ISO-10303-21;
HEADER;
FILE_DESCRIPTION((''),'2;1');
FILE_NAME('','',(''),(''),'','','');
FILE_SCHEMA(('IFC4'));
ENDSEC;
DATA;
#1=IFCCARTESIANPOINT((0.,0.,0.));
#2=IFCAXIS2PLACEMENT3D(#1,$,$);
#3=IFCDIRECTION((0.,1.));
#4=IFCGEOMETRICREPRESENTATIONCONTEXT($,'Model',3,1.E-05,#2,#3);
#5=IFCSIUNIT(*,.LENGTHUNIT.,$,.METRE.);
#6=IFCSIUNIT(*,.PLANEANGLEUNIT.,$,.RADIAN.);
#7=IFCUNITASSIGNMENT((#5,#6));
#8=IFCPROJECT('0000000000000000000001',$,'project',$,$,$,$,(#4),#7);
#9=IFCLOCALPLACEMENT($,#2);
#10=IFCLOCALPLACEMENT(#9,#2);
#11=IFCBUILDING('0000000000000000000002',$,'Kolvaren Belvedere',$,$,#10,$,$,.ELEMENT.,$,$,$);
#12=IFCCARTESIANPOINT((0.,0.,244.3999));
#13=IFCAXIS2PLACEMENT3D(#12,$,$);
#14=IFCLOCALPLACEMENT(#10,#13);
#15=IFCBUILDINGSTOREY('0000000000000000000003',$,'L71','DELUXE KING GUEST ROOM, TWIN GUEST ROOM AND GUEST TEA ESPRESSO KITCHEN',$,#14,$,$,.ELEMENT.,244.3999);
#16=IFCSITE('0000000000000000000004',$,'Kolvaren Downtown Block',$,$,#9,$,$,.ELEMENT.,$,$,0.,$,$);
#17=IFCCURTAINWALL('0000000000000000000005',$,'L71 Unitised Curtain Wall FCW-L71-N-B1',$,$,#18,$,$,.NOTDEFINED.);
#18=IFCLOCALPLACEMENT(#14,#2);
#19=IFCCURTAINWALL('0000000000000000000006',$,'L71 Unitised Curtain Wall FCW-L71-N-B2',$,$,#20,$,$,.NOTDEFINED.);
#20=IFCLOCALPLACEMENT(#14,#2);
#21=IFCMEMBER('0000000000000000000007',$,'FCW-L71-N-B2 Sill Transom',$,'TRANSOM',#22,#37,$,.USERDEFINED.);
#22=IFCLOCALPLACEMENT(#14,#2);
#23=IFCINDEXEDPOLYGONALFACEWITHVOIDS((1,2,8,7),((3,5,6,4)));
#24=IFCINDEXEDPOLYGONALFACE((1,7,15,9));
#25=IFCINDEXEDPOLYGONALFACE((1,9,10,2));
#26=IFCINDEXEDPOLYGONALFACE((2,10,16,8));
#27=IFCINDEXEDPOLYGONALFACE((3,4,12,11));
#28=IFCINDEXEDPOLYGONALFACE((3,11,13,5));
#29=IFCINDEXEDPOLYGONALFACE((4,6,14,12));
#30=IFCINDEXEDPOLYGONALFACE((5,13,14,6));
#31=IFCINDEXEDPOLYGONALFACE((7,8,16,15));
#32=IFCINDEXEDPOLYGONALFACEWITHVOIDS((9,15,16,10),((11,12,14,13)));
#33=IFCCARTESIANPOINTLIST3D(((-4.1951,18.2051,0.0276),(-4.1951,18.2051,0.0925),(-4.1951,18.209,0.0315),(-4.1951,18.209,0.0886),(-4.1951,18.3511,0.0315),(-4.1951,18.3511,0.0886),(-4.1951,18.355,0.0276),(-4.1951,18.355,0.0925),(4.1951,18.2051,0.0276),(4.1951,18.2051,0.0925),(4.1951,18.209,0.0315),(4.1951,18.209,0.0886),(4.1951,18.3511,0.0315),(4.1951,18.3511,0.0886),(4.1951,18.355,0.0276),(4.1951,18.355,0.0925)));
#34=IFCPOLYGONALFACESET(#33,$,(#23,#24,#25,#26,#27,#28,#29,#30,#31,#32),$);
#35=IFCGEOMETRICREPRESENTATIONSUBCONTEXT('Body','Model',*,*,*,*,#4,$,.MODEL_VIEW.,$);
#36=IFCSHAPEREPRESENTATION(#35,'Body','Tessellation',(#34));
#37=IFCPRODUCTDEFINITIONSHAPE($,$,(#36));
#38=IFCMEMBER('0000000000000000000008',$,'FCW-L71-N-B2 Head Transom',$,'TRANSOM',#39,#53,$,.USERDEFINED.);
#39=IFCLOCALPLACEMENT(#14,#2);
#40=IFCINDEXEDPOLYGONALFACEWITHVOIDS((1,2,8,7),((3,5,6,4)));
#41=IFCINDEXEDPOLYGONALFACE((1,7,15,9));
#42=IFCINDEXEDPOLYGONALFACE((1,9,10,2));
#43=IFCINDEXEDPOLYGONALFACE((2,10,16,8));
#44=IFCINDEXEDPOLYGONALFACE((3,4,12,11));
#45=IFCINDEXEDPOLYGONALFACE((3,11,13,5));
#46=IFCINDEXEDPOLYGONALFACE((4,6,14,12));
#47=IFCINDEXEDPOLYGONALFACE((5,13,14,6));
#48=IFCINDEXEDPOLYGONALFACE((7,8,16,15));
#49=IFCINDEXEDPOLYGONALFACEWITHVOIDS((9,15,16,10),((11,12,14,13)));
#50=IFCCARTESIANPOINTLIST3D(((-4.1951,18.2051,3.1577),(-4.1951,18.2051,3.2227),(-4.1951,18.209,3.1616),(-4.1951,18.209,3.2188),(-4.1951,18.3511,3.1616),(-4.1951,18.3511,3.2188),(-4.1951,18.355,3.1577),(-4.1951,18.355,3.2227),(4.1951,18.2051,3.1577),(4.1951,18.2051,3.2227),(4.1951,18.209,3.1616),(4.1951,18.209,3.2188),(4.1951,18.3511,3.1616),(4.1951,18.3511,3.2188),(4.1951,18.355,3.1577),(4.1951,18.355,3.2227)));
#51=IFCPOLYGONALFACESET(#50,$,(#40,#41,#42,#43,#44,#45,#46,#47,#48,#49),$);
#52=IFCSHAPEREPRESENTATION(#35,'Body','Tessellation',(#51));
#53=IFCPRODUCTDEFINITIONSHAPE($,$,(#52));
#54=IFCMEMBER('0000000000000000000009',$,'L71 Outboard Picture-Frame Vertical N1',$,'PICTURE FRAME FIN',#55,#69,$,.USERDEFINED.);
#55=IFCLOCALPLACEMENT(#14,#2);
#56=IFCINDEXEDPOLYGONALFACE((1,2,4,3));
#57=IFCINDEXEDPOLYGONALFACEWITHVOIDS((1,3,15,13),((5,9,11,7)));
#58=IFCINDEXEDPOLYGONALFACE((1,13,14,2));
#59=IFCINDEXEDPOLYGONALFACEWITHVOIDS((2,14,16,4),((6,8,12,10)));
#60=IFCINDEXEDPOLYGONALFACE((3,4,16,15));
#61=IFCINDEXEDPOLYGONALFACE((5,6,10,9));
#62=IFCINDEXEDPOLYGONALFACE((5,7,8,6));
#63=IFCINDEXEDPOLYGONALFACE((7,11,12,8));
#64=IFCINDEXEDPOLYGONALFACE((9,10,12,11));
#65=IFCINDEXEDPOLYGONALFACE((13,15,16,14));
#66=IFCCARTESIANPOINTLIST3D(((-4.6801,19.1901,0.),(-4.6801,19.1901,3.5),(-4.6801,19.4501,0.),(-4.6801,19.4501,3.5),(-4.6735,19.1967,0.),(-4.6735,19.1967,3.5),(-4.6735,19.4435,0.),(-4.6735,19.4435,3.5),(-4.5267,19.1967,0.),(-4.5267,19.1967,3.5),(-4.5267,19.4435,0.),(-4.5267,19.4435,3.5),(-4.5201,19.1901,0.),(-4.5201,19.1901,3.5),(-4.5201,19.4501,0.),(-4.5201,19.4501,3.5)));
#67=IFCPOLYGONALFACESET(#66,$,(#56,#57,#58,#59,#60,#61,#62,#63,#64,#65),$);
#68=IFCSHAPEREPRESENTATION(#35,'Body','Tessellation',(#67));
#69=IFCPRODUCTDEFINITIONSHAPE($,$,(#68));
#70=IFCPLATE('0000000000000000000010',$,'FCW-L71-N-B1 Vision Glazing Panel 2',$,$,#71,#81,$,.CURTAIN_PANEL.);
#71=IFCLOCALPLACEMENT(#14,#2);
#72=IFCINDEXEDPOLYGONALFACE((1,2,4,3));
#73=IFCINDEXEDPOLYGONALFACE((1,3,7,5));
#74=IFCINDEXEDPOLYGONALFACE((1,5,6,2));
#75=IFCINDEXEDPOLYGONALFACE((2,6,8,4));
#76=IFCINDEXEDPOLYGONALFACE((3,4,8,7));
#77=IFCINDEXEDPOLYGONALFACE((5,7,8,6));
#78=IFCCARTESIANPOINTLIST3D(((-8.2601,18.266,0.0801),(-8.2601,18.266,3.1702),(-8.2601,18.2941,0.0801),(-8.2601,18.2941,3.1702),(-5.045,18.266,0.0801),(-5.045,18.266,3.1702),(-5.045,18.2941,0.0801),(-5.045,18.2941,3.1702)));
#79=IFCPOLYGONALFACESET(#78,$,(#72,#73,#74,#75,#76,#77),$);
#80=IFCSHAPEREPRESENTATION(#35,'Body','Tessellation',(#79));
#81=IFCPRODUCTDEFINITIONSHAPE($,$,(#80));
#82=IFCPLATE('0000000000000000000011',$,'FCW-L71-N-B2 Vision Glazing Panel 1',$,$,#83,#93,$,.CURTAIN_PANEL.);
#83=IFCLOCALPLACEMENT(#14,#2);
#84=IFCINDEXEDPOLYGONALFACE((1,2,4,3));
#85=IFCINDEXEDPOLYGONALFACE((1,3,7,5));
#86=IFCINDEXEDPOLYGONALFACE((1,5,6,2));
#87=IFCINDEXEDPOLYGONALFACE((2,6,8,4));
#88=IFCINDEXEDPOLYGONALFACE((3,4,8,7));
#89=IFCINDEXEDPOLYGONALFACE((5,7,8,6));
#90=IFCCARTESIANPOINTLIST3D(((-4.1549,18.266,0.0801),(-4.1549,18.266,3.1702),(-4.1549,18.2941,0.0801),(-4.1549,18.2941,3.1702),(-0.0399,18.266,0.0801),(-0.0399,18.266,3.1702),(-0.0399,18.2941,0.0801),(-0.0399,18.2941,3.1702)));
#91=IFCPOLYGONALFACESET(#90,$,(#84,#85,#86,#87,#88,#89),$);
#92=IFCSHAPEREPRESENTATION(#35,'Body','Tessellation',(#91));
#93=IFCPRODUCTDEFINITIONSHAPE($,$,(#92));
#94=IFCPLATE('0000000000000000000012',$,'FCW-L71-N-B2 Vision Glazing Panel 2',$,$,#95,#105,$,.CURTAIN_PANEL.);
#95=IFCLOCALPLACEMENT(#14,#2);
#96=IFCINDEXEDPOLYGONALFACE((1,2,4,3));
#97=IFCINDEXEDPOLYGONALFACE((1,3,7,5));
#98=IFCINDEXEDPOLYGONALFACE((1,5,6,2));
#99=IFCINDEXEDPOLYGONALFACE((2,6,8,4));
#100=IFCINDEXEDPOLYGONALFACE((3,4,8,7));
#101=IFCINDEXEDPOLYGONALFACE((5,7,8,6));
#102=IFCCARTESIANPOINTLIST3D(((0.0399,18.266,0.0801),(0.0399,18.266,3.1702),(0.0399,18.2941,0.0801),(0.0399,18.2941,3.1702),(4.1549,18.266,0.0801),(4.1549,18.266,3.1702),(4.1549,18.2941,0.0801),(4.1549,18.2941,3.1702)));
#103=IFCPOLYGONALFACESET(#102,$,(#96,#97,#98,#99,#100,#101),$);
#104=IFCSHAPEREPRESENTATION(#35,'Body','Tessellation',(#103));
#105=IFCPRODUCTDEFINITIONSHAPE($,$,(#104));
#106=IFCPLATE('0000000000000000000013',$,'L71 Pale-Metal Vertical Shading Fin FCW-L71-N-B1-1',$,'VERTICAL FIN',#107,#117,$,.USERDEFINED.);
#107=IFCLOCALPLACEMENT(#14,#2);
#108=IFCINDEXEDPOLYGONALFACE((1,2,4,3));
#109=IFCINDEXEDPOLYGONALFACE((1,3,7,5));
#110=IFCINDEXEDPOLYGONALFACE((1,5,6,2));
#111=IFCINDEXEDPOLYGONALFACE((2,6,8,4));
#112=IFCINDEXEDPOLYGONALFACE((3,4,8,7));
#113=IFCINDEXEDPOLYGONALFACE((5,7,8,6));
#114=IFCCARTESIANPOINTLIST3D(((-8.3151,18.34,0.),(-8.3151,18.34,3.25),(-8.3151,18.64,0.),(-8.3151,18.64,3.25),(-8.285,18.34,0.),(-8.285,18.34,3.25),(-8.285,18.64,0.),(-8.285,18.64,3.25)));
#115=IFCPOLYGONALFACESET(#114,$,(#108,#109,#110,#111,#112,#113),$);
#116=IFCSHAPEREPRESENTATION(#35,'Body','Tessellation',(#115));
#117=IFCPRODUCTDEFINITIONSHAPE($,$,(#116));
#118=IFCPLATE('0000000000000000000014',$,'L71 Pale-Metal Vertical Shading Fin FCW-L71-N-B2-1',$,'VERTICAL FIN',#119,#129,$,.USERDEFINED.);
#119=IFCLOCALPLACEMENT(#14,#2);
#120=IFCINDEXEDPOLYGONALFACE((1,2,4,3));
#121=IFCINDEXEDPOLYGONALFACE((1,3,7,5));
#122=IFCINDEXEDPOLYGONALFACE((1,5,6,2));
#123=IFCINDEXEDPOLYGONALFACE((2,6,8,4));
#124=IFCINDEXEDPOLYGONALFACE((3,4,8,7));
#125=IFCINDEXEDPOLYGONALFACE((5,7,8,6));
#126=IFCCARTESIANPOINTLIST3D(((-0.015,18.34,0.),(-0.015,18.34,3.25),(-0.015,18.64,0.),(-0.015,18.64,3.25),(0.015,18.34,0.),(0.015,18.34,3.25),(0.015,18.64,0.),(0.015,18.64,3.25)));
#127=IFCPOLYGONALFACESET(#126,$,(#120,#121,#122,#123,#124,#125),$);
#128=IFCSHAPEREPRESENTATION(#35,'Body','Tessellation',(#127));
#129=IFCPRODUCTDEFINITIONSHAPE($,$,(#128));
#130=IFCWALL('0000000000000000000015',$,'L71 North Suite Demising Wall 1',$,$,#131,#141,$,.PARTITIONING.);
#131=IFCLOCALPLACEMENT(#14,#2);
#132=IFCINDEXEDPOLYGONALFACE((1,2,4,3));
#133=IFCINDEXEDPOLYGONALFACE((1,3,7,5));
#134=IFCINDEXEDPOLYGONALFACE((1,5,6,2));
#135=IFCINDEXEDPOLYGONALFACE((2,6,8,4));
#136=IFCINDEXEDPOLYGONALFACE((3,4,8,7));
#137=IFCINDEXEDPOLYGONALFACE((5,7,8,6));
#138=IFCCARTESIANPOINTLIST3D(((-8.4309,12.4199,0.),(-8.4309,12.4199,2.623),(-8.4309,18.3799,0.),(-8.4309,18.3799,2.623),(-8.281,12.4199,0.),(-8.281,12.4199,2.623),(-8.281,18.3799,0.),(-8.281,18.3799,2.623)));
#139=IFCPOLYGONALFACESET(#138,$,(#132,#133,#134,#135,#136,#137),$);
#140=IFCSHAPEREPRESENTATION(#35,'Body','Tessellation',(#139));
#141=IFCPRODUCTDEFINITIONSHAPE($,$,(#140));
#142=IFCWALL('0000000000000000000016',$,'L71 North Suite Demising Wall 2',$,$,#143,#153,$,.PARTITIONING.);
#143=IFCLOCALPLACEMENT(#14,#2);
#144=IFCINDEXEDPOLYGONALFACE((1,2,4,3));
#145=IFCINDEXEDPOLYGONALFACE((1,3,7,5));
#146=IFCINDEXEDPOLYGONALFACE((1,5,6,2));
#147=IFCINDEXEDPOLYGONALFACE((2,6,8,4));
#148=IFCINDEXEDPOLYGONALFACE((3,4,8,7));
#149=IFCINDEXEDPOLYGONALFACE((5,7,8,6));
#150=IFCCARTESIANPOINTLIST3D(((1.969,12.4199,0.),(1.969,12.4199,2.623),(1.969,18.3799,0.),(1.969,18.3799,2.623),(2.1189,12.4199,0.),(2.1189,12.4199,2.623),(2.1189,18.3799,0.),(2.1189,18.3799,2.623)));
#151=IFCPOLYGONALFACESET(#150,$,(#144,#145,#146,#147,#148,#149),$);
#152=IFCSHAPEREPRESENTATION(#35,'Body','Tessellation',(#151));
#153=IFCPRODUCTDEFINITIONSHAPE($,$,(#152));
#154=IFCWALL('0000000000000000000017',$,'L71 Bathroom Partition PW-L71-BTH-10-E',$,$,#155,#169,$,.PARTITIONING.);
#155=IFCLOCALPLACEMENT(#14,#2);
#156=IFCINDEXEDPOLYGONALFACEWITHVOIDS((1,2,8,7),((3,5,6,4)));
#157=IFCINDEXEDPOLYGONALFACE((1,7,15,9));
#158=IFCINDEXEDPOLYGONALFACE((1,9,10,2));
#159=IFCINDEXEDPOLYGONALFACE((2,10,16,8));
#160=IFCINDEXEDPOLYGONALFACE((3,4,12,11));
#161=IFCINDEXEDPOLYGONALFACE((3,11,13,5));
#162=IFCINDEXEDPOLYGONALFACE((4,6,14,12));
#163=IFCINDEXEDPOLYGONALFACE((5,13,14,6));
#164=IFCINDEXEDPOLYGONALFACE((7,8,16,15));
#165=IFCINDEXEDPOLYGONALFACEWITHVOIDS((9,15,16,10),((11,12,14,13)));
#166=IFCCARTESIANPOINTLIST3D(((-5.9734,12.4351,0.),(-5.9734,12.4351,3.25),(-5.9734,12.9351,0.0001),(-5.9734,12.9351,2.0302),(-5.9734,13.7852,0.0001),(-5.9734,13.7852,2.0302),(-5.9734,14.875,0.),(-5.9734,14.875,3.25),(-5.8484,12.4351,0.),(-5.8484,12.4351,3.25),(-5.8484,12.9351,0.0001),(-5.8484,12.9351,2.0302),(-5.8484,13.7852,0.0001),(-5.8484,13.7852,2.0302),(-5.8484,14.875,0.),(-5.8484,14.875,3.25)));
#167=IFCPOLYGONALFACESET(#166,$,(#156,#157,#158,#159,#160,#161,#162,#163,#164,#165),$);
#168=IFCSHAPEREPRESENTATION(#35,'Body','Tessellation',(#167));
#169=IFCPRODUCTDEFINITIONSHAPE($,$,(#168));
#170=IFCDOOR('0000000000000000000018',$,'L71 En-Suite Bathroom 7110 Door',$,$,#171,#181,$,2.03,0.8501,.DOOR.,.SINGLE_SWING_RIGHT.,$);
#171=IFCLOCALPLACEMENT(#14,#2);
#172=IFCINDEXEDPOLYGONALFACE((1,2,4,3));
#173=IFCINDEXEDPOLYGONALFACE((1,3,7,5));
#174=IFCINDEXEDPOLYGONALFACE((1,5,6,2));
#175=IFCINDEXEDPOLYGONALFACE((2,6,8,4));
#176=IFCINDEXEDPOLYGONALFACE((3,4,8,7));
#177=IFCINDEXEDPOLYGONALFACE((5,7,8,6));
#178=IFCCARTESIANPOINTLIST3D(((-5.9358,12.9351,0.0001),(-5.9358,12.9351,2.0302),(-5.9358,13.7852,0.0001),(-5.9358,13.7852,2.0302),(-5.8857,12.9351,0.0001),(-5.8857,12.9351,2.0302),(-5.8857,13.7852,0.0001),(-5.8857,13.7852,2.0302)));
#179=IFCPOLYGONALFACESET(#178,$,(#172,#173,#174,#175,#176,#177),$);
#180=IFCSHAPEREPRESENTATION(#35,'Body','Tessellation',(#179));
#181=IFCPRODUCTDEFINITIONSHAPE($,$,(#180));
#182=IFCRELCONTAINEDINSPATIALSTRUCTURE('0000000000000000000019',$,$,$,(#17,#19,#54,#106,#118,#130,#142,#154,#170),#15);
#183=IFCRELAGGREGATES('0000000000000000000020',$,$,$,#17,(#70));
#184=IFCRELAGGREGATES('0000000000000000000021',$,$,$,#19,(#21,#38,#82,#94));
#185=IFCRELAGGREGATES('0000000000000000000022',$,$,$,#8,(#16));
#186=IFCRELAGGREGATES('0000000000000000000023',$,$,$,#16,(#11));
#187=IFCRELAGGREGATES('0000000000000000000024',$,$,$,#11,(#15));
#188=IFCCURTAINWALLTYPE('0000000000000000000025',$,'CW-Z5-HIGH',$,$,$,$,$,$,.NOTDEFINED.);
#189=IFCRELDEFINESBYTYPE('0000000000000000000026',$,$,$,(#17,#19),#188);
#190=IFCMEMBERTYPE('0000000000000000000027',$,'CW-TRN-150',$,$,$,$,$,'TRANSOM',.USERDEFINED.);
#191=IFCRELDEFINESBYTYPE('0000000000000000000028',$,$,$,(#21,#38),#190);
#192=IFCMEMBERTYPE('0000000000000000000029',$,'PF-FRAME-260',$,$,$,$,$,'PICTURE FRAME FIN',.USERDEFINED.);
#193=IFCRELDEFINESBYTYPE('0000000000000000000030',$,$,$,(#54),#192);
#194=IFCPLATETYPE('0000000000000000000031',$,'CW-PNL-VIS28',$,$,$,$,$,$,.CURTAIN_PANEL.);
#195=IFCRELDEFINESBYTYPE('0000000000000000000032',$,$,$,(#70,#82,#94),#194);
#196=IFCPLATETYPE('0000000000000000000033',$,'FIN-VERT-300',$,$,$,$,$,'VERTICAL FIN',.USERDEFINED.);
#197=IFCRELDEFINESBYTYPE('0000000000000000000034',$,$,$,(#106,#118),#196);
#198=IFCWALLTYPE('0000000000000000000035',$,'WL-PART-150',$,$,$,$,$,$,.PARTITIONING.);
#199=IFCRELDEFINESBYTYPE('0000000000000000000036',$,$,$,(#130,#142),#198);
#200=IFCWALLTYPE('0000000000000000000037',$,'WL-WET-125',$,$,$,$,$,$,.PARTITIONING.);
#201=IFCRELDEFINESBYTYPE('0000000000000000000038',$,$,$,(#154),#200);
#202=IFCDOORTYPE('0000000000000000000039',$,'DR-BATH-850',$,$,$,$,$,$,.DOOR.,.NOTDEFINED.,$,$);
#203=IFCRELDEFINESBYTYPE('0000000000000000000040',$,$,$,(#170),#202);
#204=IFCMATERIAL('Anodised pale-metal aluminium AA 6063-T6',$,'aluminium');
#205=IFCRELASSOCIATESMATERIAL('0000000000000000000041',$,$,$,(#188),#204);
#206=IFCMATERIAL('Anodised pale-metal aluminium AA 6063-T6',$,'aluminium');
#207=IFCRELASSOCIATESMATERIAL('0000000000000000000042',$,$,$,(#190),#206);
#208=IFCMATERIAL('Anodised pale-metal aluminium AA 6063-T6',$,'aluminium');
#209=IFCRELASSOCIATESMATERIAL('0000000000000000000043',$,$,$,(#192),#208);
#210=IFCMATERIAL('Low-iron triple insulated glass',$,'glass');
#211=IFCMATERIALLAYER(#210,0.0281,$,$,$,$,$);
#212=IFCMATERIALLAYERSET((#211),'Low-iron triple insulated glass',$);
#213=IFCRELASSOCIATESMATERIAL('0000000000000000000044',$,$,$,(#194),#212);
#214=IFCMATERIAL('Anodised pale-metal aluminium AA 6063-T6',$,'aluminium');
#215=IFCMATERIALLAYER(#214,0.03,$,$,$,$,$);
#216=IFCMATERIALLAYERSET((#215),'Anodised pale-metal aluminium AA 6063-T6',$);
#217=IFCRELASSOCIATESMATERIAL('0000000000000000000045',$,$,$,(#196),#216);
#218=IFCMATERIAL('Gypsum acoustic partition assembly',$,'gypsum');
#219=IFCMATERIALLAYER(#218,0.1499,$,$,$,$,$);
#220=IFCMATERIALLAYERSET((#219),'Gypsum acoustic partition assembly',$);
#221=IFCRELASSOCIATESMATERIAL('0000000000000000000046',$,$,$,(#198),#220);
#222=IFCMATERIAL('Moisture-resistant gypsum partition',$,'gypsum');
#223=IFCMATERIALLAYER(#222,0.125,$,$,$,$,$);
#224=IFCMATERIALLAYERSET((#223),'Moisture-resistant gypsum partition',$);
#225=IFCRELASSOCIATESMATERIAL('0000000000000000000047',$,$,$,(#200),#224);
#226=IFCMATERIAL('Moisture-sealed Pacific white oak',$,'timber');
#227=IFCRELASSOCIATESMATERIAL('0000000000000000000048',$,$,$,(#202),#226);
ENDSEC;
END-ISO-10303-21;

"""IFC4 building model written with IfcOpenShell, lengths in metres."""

from ifc_helpers import new_model, si_unit, direction, frame, frame_2d, origin, origin_2d, place, context, subcontext, project, spatial, rectangle, hollow_rectangle, extrude, material, layer, layer_set, material_profile, profile_set, type_object, element, fill, aggregate, save


model = new_model("IFC4")

# Units and contexts
model_context = context("Model", 3, precision=1e-05, world=origin(), true_north=direction((0.0, 1.0)))
body_context = subcontext(model_context, "Body", "Model", "MODEL_VIEW")
ifc_project = project(units=[si_unit("LENGTHUNIT", "METRE"), si_unit("PLANEANGLEUNIT", "RADIAN")], contexts=[model_context])

# Site, building, storey
site_placement = place(None, origin())
site = spatial("IfcSite", under=ifc_project, at=site_placement, Name="Kolvaren Downtown Block", CompositionType="ELEMENT", RefElevation=0.0)
building_placement = place(site_placement, origin())
building = spatial("IfcBuilding", under=site, at=building_placement, Name="Kolvaren Belvedere", CompositionType="ELEMENT")
storey_placement = place(building_placement, frame((0.0, 0.0, 244.3999)))
storey = spatial("IfcBuildingStorey", under=building, at=storey_placement, Name="L71", Description="DELUXE KING GUEST ROOM, TWIN GUEST ROOM AND GUEST TEA ESPRESSO KITCHEN", CompositionType="ELEMENT", Elevation=244.3999)

# Curtain walls, members
ifc_material_1 = material(Name="Anodised pale-metal aluminium AA 6063-T6", Category="aluminium")
curtain_wall_type = type_object("IfcCurtainWallType", Name="CW-Z5-HIGH", PredefinedType="NOTDEFINED", material=ifc_material_1)
curtain_wall_1_placement = place(storey_placement, origin())
curtain_wall_1 = element("IfcCurtainWall", 1, at=curtain_wall_1_placement, inside=storey, type_object=curtain_wall_type, Name="L71 Unitised Curtain Wall FCW-L71-N-B1", PredefinedType="NOTDEFINED")
curtain_wall_2_placement = place(storey_placement, origin())
curtain_wall_2 = element("IfcCurtainWall", 2, at=curtain_wall_2_placement, inside=storey, type_object=curtain_wall_type, Name="L71 Unitised Curtain Wall FCW-L71-N-B2", PredefinedType="NOTDEFINED")
ifc_material_2 = material(Name="Anodised pale-metal aluminium AA 6063-T6", Category="aluminium")
ifc_material_profile_1 = material_profile(ifc_material_2, hollow_rectangle(XDim=0.0649, YDim=0.1499, WallThickness=0.0039, at=origin_2d()), Name="ALU-TRN-150X65")
ifc_profile_set_1 = profile_set([ifc_material_profile_1], Name="Anodised pale-metal aluminium AA 6063-T6")
member_type_1 = type_object("IfcMemberType", Name="CW-TRN-150", ElementType="TRANSOM", PredefinedType="USERDEFINED", material=ifc_profile_set_1)
member_1_placement = place(storey_placement, frame((-4.1951, 18.28, 0.0601), z_axis=(1.0, 0.0, 0.0), x_axis=(0.0, 0.0, 1.0)))
member_1 = element("IfcMember", 3, at=member_1_placement, type_object=member_type_1, Name="FCW-L71-N-B2 Sill Transom", ObjectType="TRANSOM", PredefinedType="USERDEFINED", context=body_context, shape_type="SweptSolid", body=[
    extrude(hollow_rectangle(XDim=0.0649, YDim=0.1499, WallThickness=0.0039, at=origin_2d()), origin(), (0.0, 0.0, 1.0), 8.3901),
])
member_2_placement = place(storey_placement, frame((-4.1951, 18.28, 3.1902), z_axis=(1.0, 0.0, 0.0), x_axis=(0.0, 0.0, 1.0)))
member_2 = element("IfcMember", 4, at=member_2_placement, type_object=member_type_1, Name="FCW-L71-N-B2 Head Transom", ObjectType="TRANSOM", PredefinedType="USERDEFINED", context=body_context, shape_type="SweptSolid", body=[
    extrude(hollow_rectangle(XDim=0.0649, YDim=0.1499, WallThickness=0.0039, at=origin_2d()), origin(), (0.0, 0.0, 1.0), 8.3901),
])

# Member
ifc_material_3 = material(Name="Anodised pale-metal aluminium AA 6063-T6", Category="aluminium")
ifc_material_profile_2 = material_profile(ifc_material_3, hollow_rectangle(XDim=0.1599, YDim=0.26, WallThickness=0.0066, at=origin_2d()), Name="ALU-PF-260X160")
ifc_profile_set_2 = profile_set([ifc_material_profile_2], Name="Anodised pale-metal aluminium AA 6063-T6")
member_type_2 = type_object("IfcMemberType", Name="PF-FRAME-260", ElementType="PICTURE FRAME FIN", PredefinedType="USERDEFINED", material=ifc_profile_set_2)
member_3_placement = place(storey_placement, frame((-4.6001, 19.3201, 0.0), z_axis=(0.0, 0.0, 1.0), x_axis=(1.0, 0.0, 0.0)))
element("IfcMember", 5, at=member_3_placement, inside=storey, type_object=member_type_2, Name="L71 Outboard Picture-Frame Vertical N1", ObjectType="PICTURE FRAME FIN", PredefinedType="USERDEFINED", context=body_context, shape_type="SweptSolid", body=[
    extrude(hollow_rectangle(XDim=0.1599, YDim=0.26, WallThickness=0.0066, at=origin_2d()), origin(), (0.0, 0.0, 1.0), 3.5),
])

# Plates
ifc_material_4 = material(Name="Low-iron triple insulated glass", Category="glass")
ifc_layer_1 = layer(ifc_material_4, 0.0281)
ifc_layer_set_1 = layer_set([ifc_layer_1], Name="Low-iron triple insulated glass")
plate_type_1 = type_object("IfcPlateType", Name="CW-PNL-VIS28", PredefinedType="CURTAIN_PANEL", material=ifc_layer_set_1)
plate_1_placement = place(storey_placement, frame((-6.6526, 18.28, 0.0801), z_axis=(0.0, 0.0, 1.0), x_axis=(1.0, 0.0, 0.0)))
plate_1 = element("IfcPlate", 6, at=plate_1_placement, type_object=plate_type_1, Name="FCW-L71-N-B1 Vision Glazing Panel 2", PredefinedType="CURTAIN_PANEL", context=body_context, shape_type="SweptSolid", body=[
    extrude(rectangle(XDim=3.2151, YDim=0.0281, at=origin_2d()), origin(), (0.0, 0.0, 1.0), 3.0901),
])
aggregate(curtain_wall_1, [plate_1])
plate_2_placement = place(storey_placement, frame((-2.0974, 18.28, 0.0801), z_axis=(0.0, 0.0, 1.0), x_axis=(1.0, 0.0, 0.0)))
plate_2 = element("IfcPlate", 7, at=plate_2_placement, type_object=plate_type_1, Name="FCW-L71-N-B2 Vision Glazing Panel 1", PredefinedType="CURTAIN_PANEL", context=body_context, shape_type="SweptSolid", body=[
    extrude(rectangle(XDim=4.115, YDim=0.0281, at=origin_2d()), origin(), (0.0, 0.0, 1.0), 3.0901),
])
plate_3_placement = place(storey_placement, frame((2.0974, 18.28, 0.0801), z_axis=(0.0, 0.0, 1.0), x_axis=(1.0, 0.0, 0.0)))
plate_3 = element("IfcPlate", 8, at=plate_3_placement, type_object=plate_type_1, Name="FCW-L71-N-B2 Vision Glazing Panel 2", PredefinedType="CURTAIN_PANEL", context=body_context, shape_type="SweptSolid", body=[
    extrude(rectangle(XDim=4.115, YDim=0.0281, at=origin_2d()), origin(), (0.0, 0.0, 1.0), 3.0901),
])
aggregate(curtain_wall_2, [member_1, member_2, plate_2, plate_3])

# Plates
ifc_material_5 = material(Name="Anodised pale-metal aluminium AA 6063-T6", Category="aluminium")
ifc_layer_2 = layer(ifc_material_5, 0.03)
ifc_layer_set_2 = layer_set([ifc_layer_2], Name="Anodised pale-metal aluminium AA 6063-T6")
plate_type_2 = type_object("IfcPlateType", Name="FIN-VERT-300", ElementType="VERTICAL FIN", PredefinedType="USERDEFINED", material=ifc_layer_set_2)
for number, where, z_axis, x_axis, name in (
    (9, (-8.3, 18.49, 0.0), (0.0, 0.0, 1.0), (0.0, 1.0, 0.0), "L71 Pale-Metal Vertical Shading Fin FCW-L71-N-B1-1"),
    (10, (0.0, 18.49, 0.0), (0.0, 0.0, 1.0), (0.0, 1.0, 0.0), "L71 Pale-Metal Vertical Shading Fin FCW-L71-N-B2-1"),
):
    element("IfcPlate", number, at=place(storey_placement, frame(where, z_axis=z_axis, x_axis=x_axis)), inside=storey, type_object=plate_type_2, Name=name, ObjectType="VERTICAL FIN", PredefinedType="USERDEFINED", context=body_context, shape_type="SweptSolid", body=[
        extrude(rectangle(XDim=0.3, YDim=0.03, at=origin_2d()), origin(), (0.0, 0.0, 1.0), 3.25),
    ])

# Walls
ifc_material_6 = material(Name="Gypsum acoustic partition assembly", Category="gypsum")
ifc_layer_3 = layer(ifc_material_6, 0.1499)
ifc_layer_set_3 = layer_set([ifc_layer_3], Name="Gypsum acoustic partition assembly")
wall_type_1 = type_object("IfcWallType", Name="WL-PART-150", PredefinedType="PARTITIONING", material=ifc_layer_set_3)
for number, where, z_axis, x_axis, name in (
    (11, (-8.356, 12.4199, 0.0), (0.0, 0.0, 1.0), (0.0, 1.0, 0.0), "L71 North Suite Demising Wall 1"),
    (12, (2.0439, 12.4199, 0.0), (0.0, 0.0, 1.0), (0.0, 1.0, 0.0), "L71 North Suite Demising Wall 2"),
):
    element("IfcWall", number, at=place(storey_placement, frame(where, z_axis=z_axis, x_axis=x_axis)), inside=storey, type_object=wall_type_1, Name=name, PredefinedType="PARTITIONING", context=body_context, shape_type="SweptSolid", body=[
        extrude(rectangle(XDim=5.96, YDim=0.1499, at=frame_2d((2.98, 0.0))), origin(), (0.0, 0.0, 1.0), 2.623),
    ])

# Wall, opening, door
ifc_material_7 = material(Name="Moisture-resistant gypsum partition", Category="gypsum")
ifc_layer_4 = layer(ifc_material_7, 0.125)
ifc_layer_set_4 = layer_set([ifc_layer_4], Name="Moisture-resistant gypsum partition")
wall_type_2 = type_object("IfcWallType", Name="WL-WET-125", PredefinedType="PARTITIONING", material=ifc_layer_set_4)
wall_1_placement = place(storey_placement, frame((-5.9109, 12.4351, 0.0), z_axis=(0.0, 0.0, 1.0), x_axis=(0.0, 1.0, 0.0)))
wall_1 = element("IfcWall", 13, at=wall_1_placement, inside=storey, type_object=wall_type_2, Name="L71 Bathroom Partition PW-L71-BTH-10-E", PredefinedType="PARTITIONING", context=body_context, shape_type="SweptSolid", body=[
    extrude(rectangle(XDim=2.4399, YDim=0.125, at=frame_2d((1.22, 0.0))), origin(), (0.0, 0.0, 1.0), 3.25),
])
opening_placement = place(wall_1_placement, frame((0.5, 0.0, 0.0)))
opening = element("IfcOpeningElement", 14, at=opening_placement, cuts=wall_1, PredefinedType="OPENING", context=body_context, shape_type="SweptSolid", body=[
    extrude(rectangle(XDim=0.8501, YDim=2.03, at=frame_2d((0.425, 1.0151))), frame((0.0, 0.0725, 0.0), z_axis=(0.0, -1.0, 0.0), x_axis=(1.0, 0.0, 0.0)), (0.0, 0.0, 1.0), 0.145),
])
ifc_material_8 = material(Name="Moisture-sealed Pacific white oak", Category="timber")
door_type = type_object("IfcDoorType", Name="DR-BATH-850", OperationType="NOTDEFINED", PredefinedType="DOOR", material=ifc_material_8)
door_placement = place(opening_placement, origin())
door = element("IfcDoor", 15, at=door_placement, inside=storey, type_object=door_type, Name="L71 En-Suite Bathroom 7110 Door", OperationType="SINGLE_SWING_RIGHT", OverallHeight=2.03, OverallWidth=0.8501, PredefinedType="DOOR", context=body_context, shape_type="SweptSolid", body=[
    extrude(rectangle(XDim=0.8501, YDim=2.03, at=frame_2d((0.425, 1.0151))), frame((0.0, 0.0249, 0.0), z_axis=(0.0, -1.0, 0.0), x_axis=(1.0, 0.0, 0.0)), (0.0, 0.0, 1.0), 0.05),
])
fill(opening, door)

save(model, "model.ifc")
